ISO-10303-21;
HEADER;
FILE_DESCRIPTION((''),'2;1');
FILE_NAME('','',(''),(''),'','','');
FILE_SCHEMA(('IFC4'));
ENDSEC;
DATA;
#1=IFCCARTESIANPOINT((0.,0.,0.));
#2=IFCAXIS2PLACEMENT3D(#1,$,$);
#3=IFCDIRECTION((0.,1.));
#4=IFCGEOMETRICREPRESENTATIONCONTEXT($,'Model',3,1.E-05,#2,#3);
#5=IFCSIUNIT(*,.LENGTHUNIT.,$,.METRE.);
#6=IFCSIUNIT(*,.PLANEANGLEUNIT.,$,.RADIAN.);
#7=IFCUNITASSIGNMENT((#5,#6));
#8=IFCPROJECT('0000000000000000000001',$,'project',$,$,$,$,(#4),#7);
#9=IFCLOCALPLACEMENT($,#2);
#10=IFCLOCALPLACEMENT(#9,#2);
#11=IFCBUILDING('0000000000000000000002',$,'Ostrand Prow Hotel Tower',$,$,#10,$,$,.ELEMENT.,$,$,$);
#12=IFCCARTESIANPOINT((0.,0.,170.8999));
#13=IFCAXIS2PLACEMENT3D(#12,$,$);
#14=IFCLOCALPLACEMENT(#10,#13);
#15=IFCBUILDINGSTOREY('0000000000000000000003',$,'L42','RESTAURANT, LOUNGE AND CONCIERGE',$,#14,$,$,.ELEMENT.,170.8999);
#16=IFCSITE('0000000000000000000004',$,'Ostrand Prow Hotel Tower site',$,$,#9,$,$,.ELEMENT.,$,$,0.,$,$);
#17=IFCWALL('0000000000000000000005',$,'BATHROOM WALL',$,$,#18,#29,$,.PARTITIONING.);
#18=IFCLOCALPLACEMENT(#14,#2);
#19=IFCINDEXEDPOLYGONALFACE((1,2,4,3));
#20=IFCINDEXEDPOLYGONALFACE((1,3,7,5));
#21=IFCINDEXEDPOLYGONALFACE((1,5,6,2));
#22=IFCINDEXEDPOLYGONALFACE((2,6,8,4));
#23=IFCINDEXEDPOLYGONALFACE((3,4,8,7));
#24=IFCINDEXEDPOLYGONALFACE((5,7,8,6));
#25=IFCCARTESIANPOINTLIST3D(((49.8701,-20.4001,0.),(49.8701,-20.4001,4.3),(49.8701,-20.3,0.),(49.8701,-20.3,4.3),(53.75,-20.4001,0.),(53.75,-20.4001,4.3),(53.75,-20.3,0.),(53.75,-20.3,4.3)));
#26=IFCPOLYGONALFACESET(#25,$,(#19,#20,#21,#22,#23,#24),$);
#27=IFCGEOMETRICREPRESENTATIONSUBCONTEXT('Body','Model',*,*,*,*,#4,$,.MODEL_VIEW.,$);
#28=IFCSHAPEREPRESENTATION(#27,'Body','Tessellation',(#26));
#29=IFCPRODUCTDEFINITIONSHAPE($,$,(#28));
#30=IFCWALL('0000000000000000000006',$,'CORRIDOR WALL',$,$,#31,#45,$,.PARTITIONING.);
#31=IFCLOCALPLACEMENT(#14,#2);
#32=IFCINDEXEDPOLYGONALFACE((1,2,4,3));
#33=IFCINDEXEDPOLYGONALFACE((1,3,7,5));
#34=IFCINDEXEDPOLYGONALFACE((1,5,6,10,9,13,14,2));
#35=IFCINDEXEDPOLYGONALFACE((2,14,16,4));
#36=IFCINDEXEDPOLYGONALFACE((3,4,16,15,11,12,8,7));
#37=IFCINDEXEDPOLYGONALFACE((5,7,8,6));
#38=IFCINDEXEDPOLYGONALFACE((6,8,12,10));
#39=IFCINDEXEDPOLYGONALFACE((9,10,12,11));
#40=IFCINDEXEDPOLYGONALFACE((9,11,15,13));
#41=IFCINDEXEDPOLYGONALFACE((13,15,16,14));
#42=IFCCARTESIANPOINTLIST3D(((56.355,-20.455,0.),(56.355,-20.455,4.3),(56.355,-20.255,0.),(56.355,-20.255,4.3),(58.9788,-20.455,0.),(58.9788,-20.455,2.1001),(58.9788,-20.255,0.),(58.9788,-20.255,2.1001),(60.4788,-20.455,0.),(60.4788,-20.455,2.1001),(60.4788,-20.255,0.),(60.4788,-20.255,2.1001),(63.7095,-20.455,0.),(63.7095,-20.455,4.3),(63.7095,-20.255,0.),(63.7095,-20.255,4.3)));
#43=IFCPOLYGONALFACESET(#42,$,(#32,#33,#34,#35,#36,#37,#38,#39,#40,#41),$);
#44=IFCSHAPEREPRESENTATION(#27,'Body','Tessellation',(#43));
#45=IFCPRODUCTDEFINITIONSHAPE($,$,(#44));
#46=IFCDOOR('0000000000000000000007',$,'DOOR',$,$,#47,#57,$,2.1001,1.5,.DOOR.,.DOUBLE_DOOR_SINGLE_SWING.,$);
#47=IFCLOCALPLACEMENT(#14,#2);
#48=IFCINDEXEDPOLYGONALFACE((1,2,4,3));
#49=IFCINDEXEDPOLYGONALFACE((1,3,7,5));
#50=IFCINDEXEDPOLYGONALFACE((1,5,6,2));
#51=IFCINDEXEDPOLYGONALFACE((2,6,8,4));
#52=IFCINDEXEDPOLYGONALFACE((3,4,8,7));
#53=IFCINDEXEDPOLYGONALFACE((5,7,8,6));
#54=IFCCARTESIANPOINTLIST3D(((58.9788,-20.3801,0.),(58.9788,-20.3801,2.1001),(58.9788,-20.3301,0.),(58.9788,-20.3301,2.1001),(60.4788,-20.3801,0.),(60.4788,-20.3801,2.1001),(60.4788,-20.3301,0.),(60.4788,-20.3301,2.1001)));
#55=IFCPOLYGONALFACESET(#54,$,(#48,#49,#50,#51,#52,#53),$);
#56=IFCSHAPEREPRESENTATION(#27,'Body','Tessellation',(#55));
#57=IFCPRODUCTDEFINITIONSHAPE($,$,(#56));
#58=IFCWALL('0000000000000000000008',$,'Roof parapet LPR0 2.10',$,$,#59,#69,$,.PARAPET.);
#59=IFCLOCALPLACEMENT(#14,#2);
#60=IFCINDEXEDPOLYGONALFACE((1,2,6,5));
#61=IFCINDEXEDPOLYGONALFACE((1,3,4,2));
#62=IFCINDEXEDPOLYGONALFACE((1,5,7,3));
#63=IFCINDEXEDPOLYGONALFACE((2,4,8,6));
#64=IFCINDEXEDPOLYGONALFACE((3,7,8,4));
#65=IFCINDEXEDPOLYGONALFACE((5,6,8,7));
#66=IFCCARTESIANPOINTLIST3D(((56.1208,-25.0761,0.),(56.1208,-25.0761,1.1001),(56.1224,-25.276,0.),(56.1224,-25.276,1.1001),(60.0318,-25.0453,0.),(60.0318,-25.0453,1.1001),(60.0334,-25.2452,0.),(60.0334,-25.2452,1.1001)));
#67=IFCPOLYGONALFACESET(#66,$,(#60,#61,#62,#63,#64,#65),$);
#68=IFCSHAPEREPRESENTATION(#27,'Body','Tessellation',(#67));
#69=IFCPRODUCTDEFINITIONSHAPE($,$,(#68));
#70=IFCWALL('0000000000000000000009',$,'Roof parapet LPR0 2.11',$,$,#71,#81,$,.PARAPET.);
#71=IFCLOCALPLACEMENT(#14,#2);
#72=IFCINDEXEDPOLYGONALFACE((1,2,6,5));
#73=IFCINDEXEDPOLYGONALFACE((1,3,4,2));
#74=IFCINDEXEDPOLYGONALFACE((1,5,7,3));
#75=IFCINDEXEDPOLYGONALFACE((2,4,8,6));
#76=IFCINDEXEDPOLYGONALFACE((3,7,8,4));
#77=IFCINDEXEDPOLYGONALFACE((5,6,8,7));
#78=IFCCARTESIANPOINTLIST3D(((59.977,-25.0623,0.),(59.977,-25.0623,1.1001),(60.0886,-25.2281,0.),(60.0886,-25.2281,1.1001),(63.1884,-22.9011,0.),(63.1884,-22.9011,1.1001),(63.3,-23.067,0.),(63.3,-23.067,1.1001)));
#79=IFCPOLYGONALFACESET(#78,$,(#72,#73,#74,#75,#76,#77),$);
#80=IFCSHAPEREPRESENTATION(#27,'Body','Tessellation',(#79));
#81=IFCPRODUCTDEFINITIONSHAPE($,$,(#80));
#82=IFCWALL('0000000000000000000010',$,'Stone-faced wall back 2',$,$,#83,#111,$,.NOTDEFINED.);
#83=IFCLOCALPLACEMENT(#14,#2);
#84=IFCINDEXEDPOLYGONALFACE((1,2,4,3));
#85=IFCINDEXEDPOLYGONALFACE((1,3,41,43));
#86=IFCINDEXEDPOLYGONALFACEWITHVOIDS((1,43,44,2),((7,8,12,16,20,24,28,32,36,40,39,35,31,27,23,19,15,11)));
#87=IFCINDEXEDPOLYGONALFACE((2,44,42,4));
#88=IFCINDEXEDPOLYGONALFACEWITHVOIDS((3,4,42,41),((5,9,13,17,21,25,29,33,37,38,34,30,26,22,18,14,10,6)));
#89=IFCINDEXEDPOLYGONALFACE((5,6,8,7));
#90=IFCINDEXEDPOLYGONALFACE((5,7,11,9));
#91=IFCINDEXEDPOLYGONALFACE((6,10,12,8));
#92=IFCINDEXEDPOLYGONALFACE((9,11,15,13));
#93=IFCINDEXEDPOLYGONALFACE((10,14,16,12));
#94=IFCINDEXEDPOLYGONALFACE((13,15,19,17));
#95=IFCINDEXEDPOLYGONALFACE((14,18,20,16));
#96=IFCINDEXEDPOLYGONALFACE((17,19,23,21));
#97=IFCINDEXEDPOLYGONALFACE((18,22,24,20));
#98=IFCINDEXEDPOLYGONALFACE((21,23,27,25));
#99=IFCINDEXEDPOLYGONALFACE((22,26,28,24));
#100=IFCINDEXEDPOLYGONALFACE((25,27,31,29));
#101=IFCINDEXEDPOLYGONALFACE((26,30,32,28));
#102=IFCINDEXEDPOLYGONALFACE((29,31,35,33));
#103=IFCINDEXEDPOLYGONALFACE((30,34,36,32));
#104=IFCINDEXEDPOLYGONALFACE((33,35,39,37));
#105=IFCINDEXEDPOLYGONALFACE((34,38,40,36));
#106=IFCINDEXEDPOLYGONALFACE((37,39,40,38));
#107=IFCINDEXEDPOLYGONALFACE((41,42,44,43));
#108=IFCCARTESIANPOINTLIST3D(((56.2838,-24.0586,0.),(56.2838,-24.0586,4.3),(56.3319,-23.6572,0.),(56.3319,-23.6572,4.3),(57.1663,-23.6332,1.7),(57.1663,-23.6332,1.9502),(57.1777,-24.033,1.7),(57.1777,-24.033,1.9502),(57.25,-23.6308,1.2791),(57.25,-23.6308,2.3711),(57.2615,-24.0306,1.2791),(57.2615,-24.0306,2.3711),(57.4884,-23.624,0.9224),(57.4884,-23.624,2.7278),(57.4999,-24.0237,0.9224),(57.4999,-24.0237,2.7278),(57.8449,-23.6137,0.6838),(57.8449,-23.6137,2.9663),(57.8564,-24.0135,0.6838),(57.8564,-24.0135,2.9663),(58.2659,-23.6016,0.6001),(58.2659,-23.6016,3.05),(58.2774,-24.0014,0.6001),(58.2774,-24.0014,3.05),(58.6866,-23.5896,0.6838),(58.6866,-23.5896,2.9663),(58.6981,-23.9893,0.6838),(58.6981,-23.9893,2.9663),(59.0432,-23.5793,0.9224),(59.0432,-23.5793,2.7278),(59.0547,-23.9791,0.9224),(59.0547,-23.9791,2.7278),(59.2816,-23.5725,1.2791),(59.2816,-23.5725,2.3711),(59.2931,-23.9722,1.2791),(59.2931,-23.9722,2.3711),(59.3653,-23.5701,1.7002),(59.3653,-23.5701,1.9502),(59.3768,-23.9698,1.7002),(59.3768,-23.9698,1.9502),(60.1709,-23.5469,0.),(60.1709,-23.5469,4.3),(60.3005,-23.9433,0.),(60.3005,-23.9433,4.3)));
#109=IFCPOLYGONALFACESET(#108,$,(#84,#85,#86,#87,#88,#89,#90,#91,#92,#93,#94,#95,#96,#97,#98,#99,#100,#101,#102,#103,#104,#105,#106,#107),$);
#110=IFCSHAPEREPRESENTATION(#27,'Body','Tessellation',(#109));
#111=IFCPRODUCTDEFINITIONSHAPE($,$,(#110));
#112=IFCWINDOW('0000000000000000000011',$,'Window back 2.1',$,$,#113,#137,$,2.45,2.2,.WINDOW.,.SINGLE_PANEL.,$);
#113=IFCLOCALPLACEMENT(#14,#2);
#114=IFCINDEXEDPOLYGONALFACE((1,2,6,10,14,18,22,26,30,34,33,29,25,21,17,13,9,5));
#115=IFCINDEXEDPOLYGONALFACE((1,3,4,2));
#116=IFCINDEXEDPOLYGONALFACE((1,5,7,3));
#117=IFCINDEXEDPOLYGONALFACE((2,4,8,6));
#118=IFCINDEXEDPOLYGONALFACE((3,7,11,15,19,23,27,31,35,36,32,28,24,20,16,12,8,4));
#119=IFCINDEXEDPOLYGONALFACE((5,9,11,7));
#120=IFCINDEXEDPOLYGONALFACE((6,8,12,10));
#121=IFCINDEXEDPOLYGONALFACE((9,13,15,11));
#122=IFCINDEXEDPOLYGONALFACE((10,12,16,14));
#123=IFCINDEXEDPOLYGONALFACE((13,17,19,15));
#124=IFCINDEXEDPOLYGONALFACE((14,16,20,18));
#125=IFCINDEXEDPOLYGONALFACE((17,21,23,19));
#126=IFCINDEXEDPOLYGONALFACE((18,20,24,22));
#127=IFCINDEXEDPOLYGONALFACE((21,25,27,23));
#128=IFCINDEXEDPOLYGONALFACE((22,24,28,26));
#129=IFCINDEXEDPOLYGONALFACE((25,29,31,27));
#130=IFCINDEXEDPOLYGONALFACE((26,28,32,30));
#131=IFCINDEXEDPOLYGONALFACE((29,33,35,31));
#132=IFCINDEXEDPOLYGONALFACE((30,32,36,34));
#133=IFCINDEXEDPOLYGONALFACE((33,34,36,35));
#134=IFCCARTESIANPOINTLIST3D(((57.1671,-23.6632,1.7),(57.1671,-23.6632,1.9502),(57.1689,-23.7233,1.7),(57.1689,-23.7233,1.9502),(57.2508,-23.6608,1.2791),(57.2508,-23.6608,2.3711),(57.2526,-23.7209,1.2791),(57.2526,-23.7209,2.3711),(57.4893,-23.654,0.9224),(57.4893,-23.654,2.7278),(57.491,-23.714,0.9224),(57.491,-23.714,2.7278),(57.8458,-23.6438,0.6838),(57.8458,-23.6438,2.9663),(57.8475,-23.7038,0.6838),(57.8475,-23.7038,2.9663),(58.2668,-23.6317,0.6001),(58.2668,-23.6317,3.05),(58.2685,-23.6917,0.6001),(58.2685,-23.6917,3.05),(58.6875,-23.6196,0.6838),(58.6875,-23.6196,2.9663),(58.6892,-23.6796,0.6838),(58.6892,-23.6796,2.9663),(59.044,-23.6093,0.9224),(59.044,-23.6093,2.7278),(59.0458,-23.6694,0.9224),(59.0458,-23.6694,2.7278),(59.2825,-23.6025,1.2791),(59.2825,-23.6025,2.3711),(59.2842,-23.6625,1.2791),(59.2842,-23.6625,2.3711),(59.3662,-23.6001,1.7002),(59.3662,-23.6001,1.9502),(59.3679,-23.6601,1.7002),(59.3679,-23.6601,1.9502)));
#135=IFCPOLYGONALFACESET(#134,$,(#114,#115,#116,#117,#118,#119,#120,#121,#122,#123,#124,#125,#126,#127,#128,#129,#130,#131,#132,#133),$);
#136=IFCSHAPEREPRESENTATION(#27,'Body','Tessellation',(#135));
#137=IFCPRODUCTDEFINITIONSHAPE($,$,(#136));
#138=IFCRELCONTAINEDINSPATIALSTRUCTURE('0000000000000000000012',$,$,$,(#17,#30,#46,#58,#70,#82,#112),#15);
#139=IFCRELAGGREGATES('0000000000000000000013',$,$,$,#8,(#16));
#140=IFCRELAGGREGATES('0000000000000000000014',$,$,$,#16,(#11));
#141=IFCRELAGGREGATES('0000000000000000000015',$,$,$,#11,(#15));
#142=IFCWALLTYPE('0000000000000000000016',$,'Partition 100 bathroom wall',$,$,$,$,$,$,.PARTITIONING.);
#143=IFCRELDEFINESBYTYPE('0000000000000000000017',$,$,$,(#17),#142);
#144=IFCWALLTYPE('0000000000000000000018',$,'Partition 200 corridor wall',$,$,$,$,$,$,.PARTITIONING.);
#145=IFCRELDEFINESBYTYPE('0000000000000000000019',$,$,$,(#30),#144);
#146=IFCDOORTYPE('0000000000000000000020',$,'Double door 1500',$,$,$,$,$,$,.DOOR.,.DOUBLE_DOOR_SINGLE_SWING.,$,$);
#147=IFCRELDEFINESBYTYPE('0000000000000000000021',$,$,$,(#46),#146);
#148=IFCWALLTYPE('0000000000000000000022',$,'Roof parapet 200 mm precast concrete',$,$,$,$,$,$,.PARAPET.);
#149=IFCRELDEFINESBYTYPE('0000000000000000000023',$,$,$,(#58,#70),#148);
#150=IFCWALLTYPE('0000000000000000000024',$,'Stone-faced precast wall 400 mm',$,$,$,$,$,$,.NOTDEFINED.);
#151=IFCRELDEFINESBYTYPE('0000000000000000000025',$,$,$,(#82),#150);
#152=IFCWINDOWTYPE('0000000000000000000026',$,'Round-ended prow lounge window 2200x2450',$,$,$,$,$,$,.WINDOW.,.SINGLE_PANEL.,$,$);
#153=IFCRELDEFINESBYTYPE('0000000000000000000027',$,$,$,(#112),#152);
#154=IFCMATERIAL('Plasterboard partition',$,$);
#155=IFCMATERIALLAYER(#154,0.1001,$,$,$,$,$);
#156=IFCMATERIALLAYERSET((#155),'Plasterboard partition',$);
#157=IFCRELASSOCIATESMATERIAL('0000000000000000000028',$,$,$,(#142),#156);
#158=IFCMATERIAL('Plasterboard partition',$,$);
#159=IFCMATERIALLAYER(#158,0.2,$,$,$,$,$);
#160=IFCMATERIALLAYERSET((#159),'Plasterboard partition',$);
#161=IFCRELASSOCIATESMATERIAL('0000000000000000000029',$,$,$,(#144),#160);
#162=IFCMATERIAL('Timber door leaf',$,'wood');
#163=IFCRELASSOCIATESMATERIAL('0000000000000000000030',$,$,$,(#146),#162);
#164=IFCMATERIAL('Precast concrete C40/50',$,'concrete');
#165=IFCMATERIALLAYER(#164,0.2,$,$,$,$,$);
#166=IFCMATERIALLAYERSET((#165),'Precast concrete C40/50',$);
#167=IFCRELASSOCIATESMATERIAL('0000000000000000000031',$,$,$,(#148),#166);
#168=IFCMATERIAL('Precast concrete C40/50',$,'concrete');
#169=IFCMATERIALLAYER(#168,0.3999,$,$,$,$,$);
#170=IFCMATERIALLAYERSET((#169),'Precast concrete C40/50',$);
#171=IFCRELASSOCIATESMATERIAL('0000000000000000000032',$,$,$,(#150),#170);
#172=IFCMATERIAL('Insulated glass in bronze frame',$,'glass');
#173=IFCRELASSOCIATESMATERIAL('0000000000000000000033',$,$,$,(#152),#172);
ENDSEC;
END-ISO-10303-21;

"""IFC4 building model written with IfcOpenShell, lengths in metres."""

from ifc_helpers import new_model, si_unit, direction, frame, frame_2d, origin, place, context, subcontext, project, spatial, polyline, rectangle, outline, extrude, material, layer, layer_set, type_object, element, fill, save


model = new_model("IFC4")

# Units and contexts
model_context = context("Model", 3, precision=1e-05, world=origin(), true_north=direction((0.0, 1.0)))
body_context = subcontext(model_context, "Body", "Model", "MODEL_VIEW")
ifc_project = project(units=[si_unit("LENGTHUNIT", "METRE"), si_unit("PLANEANGLEUNIT", "RADIAN")], contexts=[model_context])

# Site, building, storey
site_placement = place(None, origin())
site = spatial("IfcSite", under=ifc_project, at=site_placement, Name="Ostrand Prow Hotel Tower site", CompositionType="ELEMENT", RefElevation=0.0)
building_placement = place(site_placement, origin())
building = spatial("IfcBuilding", under=site, at=building_placement, Name="Ostrand Prow Hotel Tower", CompositionType="ELEMENT")
storey_placement = place(building_placement, frame((0.0, 0.0, 170.8999)))
storey = spatial("IfcBuildingStorey", under=building, at=storey_placement, Name="L42", Description="RESTAURANT, LOUNGE AND CONCIERGE", CompositionType="ELEMENT", Elevation=170.8999)

# Shared definitions
ifc_material_1 = material(Name="Plasterboard partition")
ifc_layer_1 = layer(ifc_material_1, 0.1001)
ifc_layer_set_1 = layer_set([ifc_layer_1], Name="Plasterboard partition")
wall_type_1 = type_object("IfcWallType", Name="Partition 100 bathroom wall", PredefinedType="PARTITIONING", material=ifc_layer_set_1)

# Wall
wall_1_placement = place(storey_placement, frame((53.75, -20.3501, 0.0), z_axis=(0.0, 0.0, 1.0), x_axis=(-1.0, 0.0, 0.0)))
element("IfcWall", 1, at=wall_1_placement, inside=storey, type_object=wall_type_1, Name="BATHROOM WALL", PredefinedType="PARTITIONING", context=body_context, shape_type="SweptSolid", body=[
    extrude(rectangle(XDim=3.8799, YDim=0.1001, at=frame_2d((1.9399, 0.0))), origin(), (0.0, 0.0, 1.0), 4.3),
])

# Wall, opening, door
ifc_material_2 = material(Name="Plasterboard partition")
ifc_layer_2 = layer(ifc_material_2, 0.2)
ifc_layer_set_2 = layer_set([ifc_layer_2], Name="Plasterboard partition")
wall_type_2 = type_object("IfcWallType", Name="Partition 200 corridor wall", PredefinedType="PARTITIONING", material=ifc_layer_set_2)
wall_2_placement = place(storey_placement, frame((56.355, -20.355, 0.0), z_axis=(0.0, 0.0, 1.0), x_axis=(1.0, 0.0, 0.0)))
wall_2 = element("IfcWall", 2, at=wall_2_placement, inside=storey, type_object=wall_type_2, Name="CORRIDOR WALL", PredefinedType="PARTITIONING", context=body_context, shape_type="SweptSolid", body=[
    extrude(rectangle(XDim=7.3545, YDim=0.2, at=frame_2d((3.6772, 0.0))), origin(), (0.0, 0.0, 1.0), 4.3),
])
opening_1_placement = place(wall_2_placement, frame((2.6238, 0.0, 0.0)))
opening_1 = element("IfcOpeningElement", 3, at=opening_1_placement, cuts=wall_2, PredefinedType="OPENING", context=body_context, shape_type="SweptSolid", body=[
    extrude(rectangle(XDim=1.5, YDim=2.1001, at=frame_2d((0.75, 1.05))), frame((0.0, 0.1099, 0.0), z_axis=(0.0, -1.0, 0.0), x_axis=(1.0, 0.0, 0.0)), (0.0, 0.0, 1.0), 0.22),
])
ifc_material_3 = material(Name="Timber door leaf", Category="wood")
door_type_1 = type_object("IfcDoorType", Name="Double door 1500", OperationType="DOUBLE_DOOR_SINGLE_SWING", PredefinedType="DOOR", material=ifc_material_3)
door_1_placement = place(opening_1_placement, origin())
door_1 = element("IfcDoor", 4, at=door_1_placement, inside=storey, type_object=door_type_1, Name="DOOR", OperationType="DOUBLE_DOOR_SINGLE_SWING", OverallHeight=2.1001, OverallWidth=1.5, PredefinedType="DOOR", context=body_context, shape_type="SweptSolid", body=[
    extrude(rectangle(XDim=1.5, YDim=2.1001, at=frame_2d((0.75, 1.05))), frame((0.0, 0.0249, 0.0), z_axis=(0.0, -1.0, 0.0), x_axis=(1.0, 0.0, 0.0)), (0.0, 0.0, 1.0), 0.05),
])
fill(opening_1, door_1)

# Walls
ifc_material_4 = material(Name="Precast concrete C40/50", Category="concrete")
ifc_layer_3 = layer(ifc_material_4, 0.2)
ifc_layer_set_3 = layer_set([ifc_layer_3], Name="Precast concrete C40/50")
wall_type_3 = type_object("IfcWallType", Name="Roof parapet 200 mm precast concrete", PredefinedType="PARAPET", material=ifc_layer_set_3)
wall_3_placement = place(storey_placement, frame((56.1216, -25.176, 0.0), z_axis=(0.0, 0.0, 1.0), x_axis=(0.999969, 0.007865, 0.0)))
element("IfcWall", 5, at=wall_3_placement, inside=storey, type_object=wall_type_3, Name="Roof parapet LPR0 2.10", PredefinedType="PARAPET", context=body_context, shape_type="SweptSolid", body=[
    extrude(rectangle(XDim=3.9111, YDim=0.2, at=frame_2d((1.9556, 0.0))), origin(), (0.0, 0.0, 1.0), 1.1001),
])
wall_4_placement = place(storey_placement, frame((60.0327, -25.1453, 0.0), z_axis=(0.0, 0.0, 1.0), x_axis=(0.829636, 0.558305, 0.0)))
element("IfcWall", 6, at=wall_4_placement, inside=storey, type_object=wall_type_3, Name="Roof parapet LPR0 2.11", PredefinedType="PARAPET", context=body_context, shape_type="SweptSolid", body=[
    extrude(rectangle(XDim=3.8708, YDim=0.2, at=frame_2d((1.9355, 0.0))), origin(), (0.0, 0.0, 1.0), 1.1001),
])

# Wall, opening, window
ifc_material_5 = material(Name="Precast concrete C40/50", Category="concrete")
ifc_layer_4 = layer(ifc_material_5, 0.3999)
ifc_layer_set_4 = layer_set([ifc_layer_4], Name="Precast concrete C40/50")
wall_type_4 = type_object("IfcWallType", Name="Stone-faced precast wall 400 mm", PredefinedType="NOTDEFINED", material=ifc_layer_set_4)
wall_5_placement = place(storey_placement, frame((56.3079, -23.8579, 0.0), z_axis=(0.0, 0.0, 1.0), x_axis=(0.999588, 0.028705, 0.0)))
wall_5 = element("IfcWall", 7, at=wall_5_placement, inside=storey, type_object=wall_type_4, Name="Stone-faced wall back 2", PredefinedType="NOTDEFINED", context=body_context, shape_type="SweptSolid", body=[
    extrude(outline(polyline([(-0.0298, -0.2), (3.9885, -0.2), (3.8704, 0.2), (0.0298, 0.2), (-0.0298, -0.2)])), origin(), (0.0, 0.0, 1.0), 4.3),
])
opening_2_placement = place(wall_5_placement, frame((0.8645, 0.0, 0.6001)))
opening_2 = element("IfcOpeningElement", 8, at=opening_2_placement, cuts=wall_5, PredefinedType="OPENING", context=body_context, shape_type="SweptSolid", body=[
    extrude(outline(polyline([(0.0, 1.3501), (0.0837, 1.771), (0.3223, 2.1277), (0.679, 2.3662), (1.1001, 2.45), (1.521, 2.3662), (1.8777, 2.1277), (2.1162, 1.771), (2.2, 1.3501), (2.2, 1.1001), (2.1162, 0.679), (1.8777, 0.3223), (1.521, 0.0837), (1.1001, 0.0), (0.679, 0.0837), (0.3223, 0.3223), (0.0837, 0.679), (0.0, 1.0999), (0.0, 1.3501)])), frame((0.0, 0.21, 0.0), z_axis=(0.0, -1.0, 0.0), x_axis=(1.0, 0.0, 0.0)), (0.0, 0.0, 1.0), 0.4199),
])
ifc_material_6 = material(Name="Insulated glass in bronze frame", Category="glass")
window_type_1 = type_object("IfcWindowType", Name="Round-ended prow lounge window 2200x2450", PartitioningType="SINGLE_PANEL", PredefinedType="WINDOW", material=ifc_material_6)
window_1_placement = place(opening_2_placement, origin())
window_1 = element("IfcWindow", 9, at=window_1_placement, inside=storey, type_object=window_type_1, Name="Window back 2.1", OverallHeight=2.45, OverallWidth=2.2, PartitioningType="SINGLE_PANEL", PredefinedType="WINDOW", context=body_context, shape_type="SweptSolid", body=[
    extrude(outline(polyline([(0.0, 1.3501), (0.0837, 1.771), (0.3223, 2.1277), (0.679, 2.3662), (1.1001, 2.45), (1.521, 2.3662), (1.8777, 2.1277), (2.1162, 1.771), (2.2, 1.3501), (2.2, 1.1001), (2.1162, 0.679), (1.8777, 0.3223), (1.521, 0.0837), (1.1001, 0.0), (0.679, 0.0837), (0.3223, 0.3223), (0.0837, 0.679), (0.0, 1.0999), (0.0, 1.3501)])), frame((0.0, 0.1699, 0.0), z_axis=(0.0, -1.0, 0.0), x_axis=(1.0, 0.0, 0.0)), (0.0, 0.0, 1.0), 0.0601),
])
fill(opening_2, window_1)

save(model, "model.ifc")
